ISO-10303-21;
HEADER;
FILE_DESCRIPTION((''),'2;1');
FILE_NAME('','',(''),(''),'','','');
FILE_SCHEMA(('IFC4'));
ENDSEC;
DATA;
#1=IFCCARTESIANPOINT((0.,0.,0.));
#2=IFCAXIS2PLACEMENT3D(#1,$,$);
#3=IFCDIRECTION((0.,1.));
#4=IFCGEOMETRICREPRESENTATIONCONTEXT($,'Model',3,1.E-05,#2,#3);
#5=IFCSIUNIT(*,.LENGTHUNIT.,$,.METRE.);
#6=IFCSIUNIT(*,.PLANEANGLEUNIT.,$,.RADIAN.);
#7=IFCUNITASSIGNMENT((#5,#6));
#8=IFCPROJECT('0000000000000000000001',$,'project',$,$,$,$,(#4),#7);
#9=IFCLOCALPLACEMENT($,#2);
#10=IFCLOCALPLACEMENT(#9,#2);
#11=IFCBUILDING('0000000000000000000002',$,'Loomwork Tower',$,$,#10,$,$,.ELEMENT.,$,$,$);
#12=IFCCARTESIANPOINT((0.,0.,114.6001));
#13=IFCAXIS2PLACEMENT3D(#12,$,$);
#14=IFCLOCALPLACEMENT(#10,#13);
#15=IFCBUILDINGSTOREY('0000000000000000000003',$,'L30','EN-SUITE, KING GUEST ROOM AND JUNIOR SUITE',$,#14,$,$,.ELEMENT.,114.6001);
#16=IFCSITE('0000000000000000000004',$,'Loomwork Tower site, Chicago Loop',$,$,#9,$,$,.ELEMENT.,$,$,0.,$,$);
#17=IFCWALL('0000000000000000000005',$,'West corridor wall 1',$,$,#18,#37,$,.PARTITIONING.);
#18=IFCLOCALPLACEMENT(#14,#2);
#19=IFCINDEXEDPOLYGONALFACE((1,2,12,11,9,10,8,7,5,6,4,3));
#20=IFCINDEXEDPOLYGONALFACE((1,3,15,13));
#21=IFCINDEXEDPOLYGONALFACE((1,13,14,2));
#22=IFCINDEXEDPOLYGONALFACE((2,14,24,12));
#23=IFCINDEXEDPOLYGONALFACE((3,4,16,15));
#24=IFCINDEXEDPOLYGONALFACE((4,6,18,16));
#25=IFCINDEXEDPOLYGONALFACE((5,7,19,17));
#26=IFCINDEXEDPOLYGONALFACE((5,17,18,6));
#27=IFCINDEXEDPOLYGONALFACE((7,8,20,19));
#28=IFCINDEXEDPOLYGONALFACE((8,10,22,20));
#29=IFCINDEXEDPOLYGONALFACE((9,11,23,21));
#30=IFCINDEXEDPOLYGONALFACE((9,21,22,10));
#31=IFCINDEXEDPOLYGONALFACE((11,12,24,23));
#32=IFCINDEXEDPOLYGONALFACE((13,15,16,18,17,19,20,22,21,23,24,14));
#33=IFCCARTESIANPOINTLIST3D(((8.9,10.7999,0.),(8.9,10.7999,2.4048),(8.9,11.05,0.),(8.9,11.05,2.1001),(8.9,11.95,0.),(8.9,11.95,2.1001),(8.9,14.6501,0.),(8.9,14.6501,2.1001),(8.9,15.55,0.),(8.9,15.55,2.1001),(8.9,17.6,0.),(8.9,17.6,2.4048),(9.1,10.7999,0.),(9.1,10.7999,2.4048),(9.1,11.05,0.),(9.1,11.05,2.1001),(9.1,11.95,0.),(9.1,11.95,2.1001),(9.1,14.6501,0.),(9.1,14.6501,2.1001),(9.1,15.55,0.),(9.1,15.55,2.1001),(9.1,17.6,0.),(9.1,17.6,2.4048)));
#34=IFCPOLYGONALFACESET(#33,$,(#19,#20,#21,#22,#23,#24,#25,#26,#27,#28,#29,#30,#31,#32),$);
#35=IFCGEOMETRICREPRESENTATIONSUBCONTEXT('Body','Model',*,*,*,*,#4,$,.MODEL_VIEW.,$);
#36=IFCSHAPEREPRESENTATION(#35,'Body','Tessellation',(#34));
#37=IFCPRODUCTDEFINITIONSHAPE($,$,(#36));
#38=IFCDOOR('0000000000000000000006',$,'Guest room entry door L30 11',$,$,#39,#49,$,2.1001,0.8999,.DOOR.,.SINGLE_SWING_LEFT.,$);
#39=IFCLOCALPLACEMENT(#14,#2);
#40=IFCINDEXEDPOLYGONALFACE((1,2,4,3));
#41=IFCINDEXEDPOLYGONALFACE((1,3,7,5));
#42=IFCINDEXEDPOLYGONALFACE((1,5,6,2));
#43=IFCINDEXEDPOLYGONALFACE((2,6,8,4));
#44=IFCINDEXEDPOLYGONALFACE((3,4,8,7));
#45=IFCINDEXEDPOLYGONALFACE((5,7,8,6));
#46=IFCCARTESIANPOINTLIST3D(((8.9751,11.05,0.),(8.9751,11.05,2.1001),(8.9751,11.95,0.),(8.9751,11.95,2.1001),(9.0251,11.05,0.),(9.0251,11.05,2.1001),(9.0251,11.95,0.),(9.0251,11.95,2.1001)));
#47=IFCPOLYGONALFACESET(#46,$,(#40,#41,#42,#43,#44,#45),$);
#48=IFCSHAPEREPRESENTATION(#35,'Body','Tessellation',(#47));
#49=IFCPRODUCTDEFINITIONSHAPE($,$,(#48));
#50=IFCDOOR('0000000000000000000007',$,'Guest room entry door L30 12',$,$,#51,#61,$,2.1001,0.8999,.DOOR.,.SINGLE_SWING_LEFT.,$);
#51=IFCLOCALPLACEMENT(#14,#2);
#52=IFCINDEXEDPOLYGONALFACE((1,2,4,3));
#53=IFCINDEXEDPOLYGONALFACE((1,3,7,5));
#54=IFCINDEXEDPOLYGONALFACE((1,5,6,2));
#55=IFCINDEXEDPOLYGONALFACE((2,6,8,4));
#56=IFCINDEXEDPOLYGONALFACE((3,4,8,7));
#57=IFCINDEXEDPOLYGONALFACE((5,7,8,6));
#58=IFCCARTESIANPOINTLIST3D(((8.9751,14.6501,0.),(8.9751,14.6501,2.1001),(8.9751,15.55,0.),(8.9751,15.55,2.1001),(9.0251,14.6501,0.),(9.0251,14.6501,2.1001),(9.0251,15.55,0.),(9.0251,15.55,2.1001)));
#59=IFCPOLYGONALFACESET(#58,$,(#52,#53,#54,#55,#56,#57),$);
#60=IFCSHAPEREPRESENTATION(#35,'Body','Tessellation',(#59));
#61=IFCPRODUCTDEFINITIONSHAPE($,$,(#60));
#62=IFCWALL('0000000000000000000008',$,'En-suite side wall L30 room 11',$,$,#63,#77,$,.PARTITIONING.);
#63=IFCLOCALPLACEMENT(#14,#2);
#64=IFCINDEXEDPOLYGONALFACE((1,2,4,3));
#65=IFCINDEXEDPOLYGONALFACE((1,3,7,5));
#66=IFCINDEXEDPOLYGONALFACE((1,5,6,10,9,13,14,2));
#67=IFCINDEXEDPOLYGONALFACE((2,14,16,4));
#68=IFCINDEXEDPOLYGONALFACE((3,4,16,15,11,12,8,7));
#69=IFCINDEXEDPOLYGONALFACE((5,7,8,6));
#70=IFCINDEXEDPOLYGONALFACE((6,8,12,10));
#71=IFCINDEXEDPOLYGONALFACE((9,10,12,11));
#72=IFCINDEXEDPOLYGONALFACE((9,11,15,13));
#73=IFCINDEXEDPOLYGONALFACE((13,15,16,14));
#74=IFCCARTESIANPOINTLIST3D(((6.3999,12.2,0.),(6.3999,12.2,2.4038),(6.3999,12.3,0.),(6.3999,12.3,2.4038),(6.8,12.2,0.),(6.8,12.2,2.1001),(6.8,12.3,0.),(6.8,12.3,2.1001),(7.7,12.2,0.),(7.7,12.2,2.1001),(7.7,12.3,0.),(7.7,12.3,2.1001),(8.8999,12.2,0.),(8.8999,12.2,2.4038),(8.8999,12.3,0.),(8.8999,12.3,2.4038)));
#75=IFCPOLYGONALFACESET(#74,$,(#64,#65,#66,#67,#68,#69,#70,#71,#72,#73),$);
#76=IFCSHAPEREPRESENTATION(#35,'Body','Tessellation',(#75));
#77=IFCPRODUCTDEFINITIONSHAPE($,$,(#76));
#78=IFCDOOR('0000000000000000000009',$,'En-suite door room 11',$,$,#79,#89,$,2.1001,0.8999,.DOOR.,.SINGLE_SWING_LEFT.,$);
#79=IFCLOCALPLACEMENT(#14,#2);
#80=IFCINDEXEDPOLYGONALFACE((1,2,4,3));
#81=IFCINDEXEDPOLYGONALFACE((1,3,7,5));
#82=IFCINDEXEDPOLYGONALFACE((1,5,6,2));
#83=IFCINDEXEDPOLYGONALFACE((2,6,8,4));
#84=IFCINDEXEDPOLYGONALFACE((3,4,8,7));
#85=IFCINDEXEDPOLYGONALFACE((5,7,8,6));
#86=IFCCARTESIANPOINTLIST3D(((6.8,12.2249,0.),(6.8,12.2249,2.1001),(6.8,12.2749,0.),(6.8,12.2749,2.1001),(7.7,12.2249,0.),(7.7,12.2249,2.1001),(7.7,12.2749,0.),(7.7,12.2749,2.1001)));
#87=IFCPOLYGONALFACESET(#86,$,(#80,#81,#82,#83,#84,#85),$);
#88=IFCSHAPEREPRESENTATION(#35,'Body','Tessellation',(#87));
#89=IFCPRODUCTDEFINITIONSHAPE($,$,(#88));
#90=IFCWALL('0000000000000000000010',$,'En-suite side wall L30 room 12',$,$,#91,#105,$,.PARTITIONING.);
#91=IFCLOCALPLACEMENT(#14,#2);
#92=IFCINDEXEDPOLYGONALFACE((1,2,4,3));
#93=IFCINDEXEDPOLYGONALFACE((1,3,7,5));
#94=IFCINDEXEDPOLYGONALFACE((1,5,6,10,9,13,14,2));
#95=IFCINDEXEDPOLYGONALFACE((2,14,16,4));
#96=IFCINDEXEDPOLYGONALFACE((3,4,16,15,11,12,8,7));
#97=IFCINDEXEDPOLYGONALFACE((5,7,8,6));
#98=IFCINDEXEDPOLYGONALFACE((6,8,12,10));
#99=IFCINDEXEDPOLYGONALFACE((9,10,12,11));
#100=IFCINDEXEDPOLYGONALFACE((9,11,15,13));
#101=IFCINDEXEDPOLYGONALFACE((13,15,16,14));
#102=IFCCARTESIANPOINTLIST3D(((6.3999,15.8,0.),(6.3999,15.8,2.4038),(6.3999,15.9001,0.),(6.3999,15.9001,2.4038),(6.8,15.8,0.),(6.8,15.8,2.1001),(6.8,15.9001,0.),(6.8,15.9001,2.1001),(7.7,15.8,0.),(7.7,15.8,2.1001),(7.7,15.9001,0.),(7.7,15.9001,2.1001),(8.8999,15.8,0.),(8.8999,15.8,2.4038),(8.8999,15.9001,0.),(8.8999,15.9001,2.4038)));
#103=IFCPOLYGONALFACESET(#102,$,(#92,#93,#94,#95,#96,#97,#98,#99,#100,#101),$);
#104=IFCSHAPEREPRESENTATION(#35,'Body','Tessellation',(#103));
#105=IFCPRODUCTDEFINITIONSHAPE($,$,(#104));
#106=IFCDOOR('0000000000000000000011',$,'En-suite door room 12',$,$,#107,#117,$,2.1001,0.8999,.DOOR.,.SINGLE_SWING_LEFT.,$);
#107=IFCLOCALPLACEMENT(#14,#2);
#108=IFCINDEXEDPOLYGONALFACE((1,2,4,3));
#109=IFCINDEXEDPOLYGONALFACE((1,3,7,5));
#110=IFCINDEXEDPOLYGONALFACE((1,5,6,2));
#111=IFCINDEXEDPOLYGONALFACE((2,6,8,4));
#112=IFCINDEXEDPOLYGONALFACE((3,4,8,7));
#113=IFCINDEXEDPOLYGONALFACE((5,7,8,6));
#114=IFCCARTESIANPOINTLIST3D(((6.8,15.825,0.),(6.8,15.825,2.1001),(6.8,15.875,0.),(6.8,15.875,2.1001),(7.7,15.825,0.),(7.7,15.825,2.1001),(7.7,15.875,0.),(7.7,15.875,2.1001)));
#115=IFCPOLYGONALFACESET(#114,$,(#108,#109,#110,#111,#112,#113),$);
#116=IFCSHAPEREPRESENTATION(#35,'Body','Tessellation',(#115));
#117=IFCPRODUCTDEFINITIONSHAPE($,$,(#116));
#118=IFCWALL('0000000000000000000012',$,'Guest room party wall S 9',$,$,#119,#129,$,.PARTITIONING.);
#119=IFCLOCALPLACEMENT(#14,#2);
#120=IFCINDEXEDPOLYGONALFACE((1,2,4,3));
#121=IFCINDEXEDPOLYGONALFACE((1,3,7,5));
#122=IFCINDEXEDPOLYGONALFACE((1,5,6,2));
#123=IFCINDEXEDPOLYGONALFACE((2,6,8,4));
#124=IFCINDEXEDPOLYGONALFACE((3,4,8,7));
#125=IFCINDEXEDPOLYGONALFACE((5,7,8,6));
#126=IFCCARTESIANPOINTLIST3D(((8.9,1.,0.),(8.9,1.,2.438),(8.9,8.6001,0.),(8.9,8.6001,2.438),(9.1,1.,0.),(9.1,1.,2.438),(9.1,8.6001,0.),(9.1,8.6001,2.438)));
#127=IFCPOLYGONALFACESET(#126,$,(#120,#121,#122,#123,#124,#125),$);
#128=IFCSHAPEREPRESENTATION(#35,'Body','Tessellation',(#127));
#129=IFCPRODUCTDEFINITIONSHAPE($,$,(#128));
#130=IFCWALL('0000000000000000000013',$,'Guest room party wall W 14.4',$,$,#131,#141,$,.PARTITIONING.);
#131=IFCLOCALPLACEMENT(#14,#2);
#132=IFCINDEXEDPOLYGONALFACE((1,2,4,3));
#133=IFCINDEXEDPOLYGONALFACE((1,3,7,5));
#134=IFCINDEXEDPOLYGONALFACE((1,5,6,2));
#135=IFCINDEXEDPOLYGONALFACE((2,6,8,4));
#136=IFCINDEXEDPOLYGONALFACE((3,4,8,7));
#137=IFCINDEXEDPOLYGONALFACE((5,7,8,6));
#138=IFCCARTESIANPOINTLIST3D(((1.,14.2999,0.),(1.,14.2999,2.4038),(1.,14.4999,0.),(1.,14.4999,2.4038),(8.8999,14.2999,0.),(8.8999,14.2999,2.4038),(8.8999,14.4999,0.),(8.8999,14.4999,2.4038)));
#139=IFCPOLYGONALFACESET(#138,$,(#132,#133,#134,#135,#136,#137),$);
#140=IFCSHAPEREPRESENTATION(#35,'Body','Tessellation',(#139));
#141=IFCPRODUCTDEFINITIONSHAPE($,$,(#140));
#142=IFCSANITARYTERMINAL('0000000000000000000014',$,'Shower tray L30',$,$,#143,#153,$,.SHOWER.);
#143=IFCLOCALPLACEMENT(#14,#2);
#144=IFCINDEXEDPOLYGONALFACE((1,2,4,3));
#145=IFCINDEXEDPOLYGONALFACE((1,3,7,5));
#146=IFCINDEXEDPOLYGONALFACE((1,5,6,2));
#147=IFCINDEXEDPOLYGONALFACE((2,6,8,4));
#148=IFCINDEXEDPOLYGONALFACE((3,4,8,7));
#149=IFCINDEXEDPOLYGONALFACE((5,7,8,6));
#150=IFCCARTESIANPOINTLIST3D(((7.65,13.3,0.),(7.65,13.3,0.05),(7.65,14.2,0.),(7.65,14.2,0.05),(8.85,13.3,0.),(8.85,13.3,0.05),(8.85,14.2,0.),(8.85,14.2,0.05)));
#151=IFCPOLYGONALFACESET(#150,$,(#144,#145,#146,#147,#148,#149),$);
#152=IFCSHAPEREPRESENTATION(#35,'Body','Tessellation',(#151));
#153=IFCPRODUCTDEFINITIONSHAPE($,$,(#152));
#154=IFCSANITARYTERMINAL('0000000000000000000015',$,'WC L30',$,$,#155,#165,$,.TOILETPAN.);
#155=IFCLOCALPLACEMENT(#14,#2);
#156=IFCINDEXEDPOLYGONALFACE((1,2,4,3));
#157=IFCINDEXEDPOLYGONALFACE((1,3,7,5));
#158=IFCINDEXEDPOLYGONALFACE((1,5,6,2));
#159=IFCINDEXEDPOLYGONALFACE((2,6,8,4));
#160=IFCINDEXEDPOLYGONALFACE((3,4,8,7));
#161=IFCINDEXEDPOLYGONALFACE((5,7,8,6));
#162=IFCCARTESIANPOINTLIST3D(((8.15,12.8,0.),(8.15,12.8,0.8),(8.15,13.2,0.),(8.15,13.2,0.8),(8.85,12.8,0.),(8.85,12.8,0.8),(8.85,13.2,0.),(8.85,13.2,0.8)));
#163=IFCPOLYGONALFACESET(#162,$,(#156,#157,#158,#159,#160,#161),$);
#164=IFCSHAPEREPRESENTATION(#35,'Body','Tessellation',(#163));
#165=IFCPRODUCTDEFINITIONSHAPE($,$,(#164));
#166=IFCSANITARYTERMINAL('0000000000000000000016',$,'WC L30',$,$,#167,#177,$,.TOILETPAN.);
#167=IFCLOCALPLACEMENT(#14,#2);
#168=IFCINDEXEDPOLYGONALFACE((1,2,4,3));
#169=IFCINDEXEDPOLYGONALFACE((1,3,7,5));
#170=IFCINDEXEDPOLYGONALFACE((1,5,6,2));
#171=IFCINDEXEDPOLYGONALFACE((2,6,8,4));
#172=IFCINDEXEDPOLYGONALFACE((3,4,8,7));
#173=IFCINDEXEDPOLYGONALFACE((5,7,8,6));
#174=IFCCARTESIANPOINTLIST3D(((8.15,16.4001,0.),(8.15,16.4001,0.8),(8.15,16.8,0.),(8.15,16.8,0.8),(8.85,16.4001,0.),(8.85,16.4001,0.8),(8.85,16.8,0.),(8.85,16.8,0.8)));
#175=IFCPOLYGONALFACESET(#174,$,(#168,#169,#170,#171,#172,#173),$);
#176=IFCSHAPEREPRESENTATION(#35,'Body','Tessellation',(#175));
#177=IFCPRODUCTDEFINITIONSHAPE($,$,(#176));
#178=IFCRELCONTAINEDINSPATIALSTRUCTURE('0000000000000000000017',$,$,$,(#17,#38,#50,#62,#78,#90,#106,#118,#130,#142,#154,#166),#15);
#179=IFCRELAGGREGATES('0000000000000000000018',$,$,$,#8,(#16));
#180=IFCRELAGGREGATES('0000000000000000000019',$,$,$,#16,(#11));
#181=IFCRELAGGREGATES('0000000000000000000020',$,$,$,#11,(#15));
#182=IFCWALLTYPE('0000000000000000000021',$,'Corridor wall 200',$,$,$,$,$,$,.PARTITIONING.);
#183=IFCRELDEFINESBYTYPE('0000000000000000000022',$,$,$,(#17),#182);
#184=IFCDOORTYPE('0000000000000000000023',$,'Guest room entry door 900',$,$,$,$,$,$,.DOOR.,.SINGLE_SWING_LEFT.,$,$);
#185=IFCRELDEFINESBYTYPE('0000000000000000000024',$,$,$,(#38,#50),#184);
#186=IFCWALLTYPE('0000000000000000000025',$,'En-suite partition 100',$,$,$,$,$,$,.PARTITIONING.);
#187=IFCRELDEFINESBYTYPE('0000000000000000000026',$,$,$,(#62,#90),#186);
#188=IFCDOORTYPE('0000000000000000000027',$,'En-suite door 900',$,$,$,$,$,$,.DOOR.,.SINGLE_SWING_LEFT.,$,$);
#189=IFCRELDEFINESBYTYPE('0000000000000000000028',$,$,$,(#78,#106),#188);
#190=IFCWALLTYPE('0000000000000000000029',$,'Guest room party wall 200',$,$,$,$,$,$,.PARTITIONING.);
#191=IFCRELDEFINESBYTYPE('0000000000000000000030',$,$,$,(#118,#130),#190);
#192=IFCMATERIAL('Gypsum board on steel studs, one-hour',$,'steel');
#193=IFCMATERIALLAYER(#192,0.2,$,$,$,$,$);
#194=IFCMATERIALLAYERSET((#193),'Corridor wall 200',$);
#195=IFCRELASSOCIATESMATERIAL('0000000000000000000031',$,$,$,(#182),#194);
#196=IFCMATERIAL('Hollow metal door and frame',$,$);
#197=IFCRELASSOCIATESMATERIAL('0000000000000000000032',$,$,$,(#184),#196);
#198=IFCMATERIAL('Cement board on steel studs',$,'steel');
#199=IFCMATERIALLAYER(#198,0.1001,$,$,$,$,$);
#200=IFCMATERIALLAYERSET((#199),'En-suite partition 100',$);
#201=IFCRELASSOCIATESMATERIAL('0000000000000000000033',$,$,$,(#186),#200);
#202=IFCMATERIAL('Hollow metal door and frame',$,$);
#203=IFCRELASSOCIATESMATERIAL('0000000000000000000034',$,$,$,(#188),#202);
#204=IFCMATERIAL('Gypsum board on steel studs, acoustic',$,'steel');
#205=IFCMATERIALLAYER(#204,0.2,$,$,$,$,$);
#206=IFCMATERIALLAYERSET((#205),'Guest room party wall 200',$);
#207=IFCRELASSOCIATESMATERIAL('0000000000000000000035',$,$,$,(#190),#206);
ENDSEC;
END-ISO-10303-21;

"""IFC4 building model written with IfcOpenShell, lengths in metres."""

from ifc_helpers import new_model, si_unit, direction, frame, frame_2d, origin, origin_2d, place, context, subcontext, project, spatial, rectangle, extrude, material, layer, layer_set, type_object, element, fill, save


model = new_model("IFC4")

# Units and contexts
model_context = context("Model", 3, precision=1e-05, world=origin(), true_north=direction((0.0, 1.0)))
body_context = subcontext(model_context, "Body", "Model", "MODEL_VIEW")
ifc_project = project(units=[si_unit("LENGTHUNIT", "METRE"), si_unit("PLANEANGLEUNIT", "RADIAN")], contexts=[model_context])

# Site, building, storey
site_placement = place(None, origin())
site = spatial("IfcSite", under=ifc_project, at=site_placement, Name="Loomwork Tower site, Chicago Loop", CompositionType="ELEMENT", RefElevation=0.0)
building_placement = place(site_placement, origin())
building = spatial("IfcBuilding", under=site, at=building_placement, Name="Loomwork Tower", CompositionType="ELEMENT")
storey_placement = place(building_placement, frame((0.0, 0.0, 114.6001)))
storey = spatial("IfcBuildingStorey", under=building, at=storey_placement, Name="L30", Description="EN-SUITE, KING GUEST ROOM AND JUNIOR SUITE", CompositionType="ELEMENT", Elevation=114.6001)

# Shared definitions
ifc_material_1 = material(Name="Gypsum board on steel studs, one-hour", Category="steel")
ifc_layer_1 = layer(ifc_material_1, 0.2)
ifc_layer_set_1 = layer_set([ifc_layer_1], Name="Corridor wall 200")
wall_type_1 = type_object("IfcWallType", Name="Corridor wall 200", PredefinedType="PARTITIONING", material=ifc_layer_set_1)
ifc_material_2 = material(Name="Hollow metal door and frame")
door_type_1 = type_object("IfcDoorType", Name="Guest room entry door 900", OperationType="SINGLE_SWING_LEFT", PredefinedType="DOOR", material=ifc_material_2)

# Wall, openings, doors
wall_1_placement = place(storey_placement, frame((9.0, 10.8, 0.0), z_axis=(0.0, 0.0, 1.0), x_axis=(0.0, 1.0, 0.0)))
wall_1 = element("IfcWall", 1, at=wall_1_placement, inside=storey, type_object=wall_type_1, Name="West corridor wall 1", PredefinedType="PARTITIONING", context=body_context, shape_type="SweptSolid", body=[
    extrude(rectangle(XDim=6.8, YDim=0.2, at=frame_2d((3.3999, 0.0))), origin(), (0.0, 0.0, 1.0), 2.4048),
])
opening_1_placement = place(wall_1_placement, frame((0.25, 0.0, 0.0)))
opening_1 = element("IfcOpeningElement", 2, at=opening_1_placement, cuts=wall_1, PredefinedType="OPENING", context=body_context, shape_type="SweptSolid", body=[
    extrude(rectangle(XDim=0.8999, YDim=2.1001, at=frame_2d((0.45, 1.05))), frame((0.0, 0.1099, 0.0), z_axis=(0.0, -1.0, 0.0), x_axis=(1.0, 0.0, 0.0)), (0.0, 0.0, 1.0), 0.22),
])
opening_2_placement = place(wall_1_placement, frame((3.8501, 0.0, 0.0)))
opening_2 = element("IfcOpeningElement", 3, at=opening_2_placement, cuts=wall_1, PredefinedType="OPENING", context=body_context, shape_type="SweptSolid", body=[
    extrude(rectangle(XDim=0.8999, YDim=2.1001, at=frame_2d((0.45, 1.05))), frame((0.0, 0.1099, 0.0), z_axis=(0.0, -1.0, 0.0), x_axis=(1.0, 0.0, 0.0)), (0.0, 0.0, 1.0), 0.22),
])
door_1_placement = place(opening_1_placement, origin())
door_1 = element("IfcDoor", 4, at=door_1_placement, inside=storey, type_object=door_type_1, Name="Guest room entry door L30 11", OperationType="SINGLE_SWING_LEFT", OverallHeight=2.1001, OverallWidth=0.8999, PredefinedType="DOOR", context=body_context, shape_type="SweptSolid", body=[
    extrude(rectangle(XDim=0.8999, YDim=2.1001, at=frame_2d((0.45, 1.05))), frame((0.0, 0.0249, 0.0), z_axis=(0.0, -1.0, 0.0), x_axis=(1.0, 0.0, 0.0)), (0.0, 0.0, 1.0), 0.05),
])
fill(opening_1, door_1)
door_2_placement = place(opening_2_placement, origin())
door_2 = element("IfcDoor", 5, at=door_2_placement, inside=storey, type_object=door_type_1, Name="Guest room entry door L30 12", OperationType="SINGLE_SWING_LEFT", OverallHeight=2.1001, OverallWidth=0.8999, PredefinedType="DOOR", context=body_context, shape_type="SweptSolid", body=[
    extrude(rectangle(XDim=0.8999, YDim=2.1001, at=frame_2d((0.45, 1.05))), frame((0.0, 0.0249, 0.0), z_axis=(0.0, -1.0, 0.0), x_axis=(1.0, 0.0, 0.0)), (0.0, 0.0, 1.0), 0.05),
])
fill(opening_2, door_2)

# Walls, openings, doors
ifc_material_3 = material(Name="Cement board on steel studs", Category="steel")
ifc_layer_2 = layer(ifc_material_3, 0.1001)
ifc_layer_set_2 = layer_set([ifc_layer_2], Name="En-suite partition 100")
wall_type_2 = type_object("IfcWallType", Name="En-suite partition 100", PredefinedType="PARTITIONING", material=ifc_layer_set_2)
wall_2_placement = place(storey_placement, frame((8.8999, 12.25, 0.0), z_axis=(0.0, 0.0, 1.0), x_axis=(-1.0, 0.0, 0.0)))
wall_2 = element("IfcWall", 6, at=wall_2_placement, inside=storey, type_object=wall_type_2, Name="En-suite side wall L30 room 11", PredefinedType="PARTITIONING", context=body_context, shape_type="SweptSolid", body=[
    extrude(rectangle(XDim=2.5, YDim=0.1001, at=frame_2d((1.25, 0.0))), origin(), (0.0, 0.0, 1.0), 2.4038),
])
opening_3_placement = place(wall_2_placement, frame((1.2, 0.0, 0.0)))
opening_3 = element("IfcOpeningElement", 7, at=opening_3_placement, cuts=wall_2, PredefinedType="OPENING", context=body_context, shape_type="SweptSolid", body=[
    extrude(rectangle(XDim=0.8999, YDim=2.1001, at=frame_2d((0.45, 1.05))), frame((0.0, 0.0601, 0.0), z_axis=(0.0, -1.0, 0.0), x_axis=(1.0, 0.0, 0.0)), (0.0, 0.0, 1.0), 0.1201),
])
ifc_material_4 = material(Name="Hollow metal door and frame")
door_type_2 = type_object("IfcDoorType", Name="En-suite door 900", OperationType="SINGLE_SWING_LEFT", PredefinedType="DOOR", material=ifc_material_4)
door_3_placement = place(opening_3_placement, frame((0.8999, 0.0, 0.0), z_axis=(0.0, 0.0, 1.0), x_axis=(-1.0, 0.0, 0.0)))
door_3 = element("IfcDoor", 8, at=door_3_placement, inside=storey, type_object=door_type_2, Name="En-suite door room 11", OperationType="SINGLE_SWING_LEFT", OverallHeight=2.1001, OverallWidth=0.8999, PredefinedType="DOOR", context=body_context, shape_type="SweptSolid", body=[
    extrude(rectangle(XDim=0.8999, YDim=2.1001, at=frame_2d((0.45, 1.05))), frame((0.0, 0.0249, 0.0), z_axis=(0.0, -1.0, 0.0), x_axis=(1.0, 0.0, 0.0)), (0.0, 0.0, 1.0), 0.05),
])
fill(opening_3, door_3)
wall_3_placement = place(storey_placement, frame((8.8999, 15.8501, 0.0), z_axis=(0.0, 0.0, 1.0), x_axis=(-1.0, 0.0, 0.0)))
wall_3 = element("IfcWall", 9, at=wall_3_placement, inside=storey, type_object=wall_type_2, Name="En-suite side wall L30 room 12", PredefinedType="PARTITIONING", context=body_context, shape_type="SweptSolid", body=[
    extrude(rectangle(XDim=2.5, YDim=0.1001, at=frame_2d((1.25, 0.0))), origin(), (0.0, 0.0, 1.0), 2.4038),
])
opening_4_placement = place(wall_3_placement, frame((1.2, 0.0, 0.0)))
opening_4 = element("IfcOpeningElement", 10, at=opening_4_placement, cuts=wall_3, PredefinedType="OPENING", context=body_context, shape_type="SweptSolid", body=[
    extrude(rectangle(XDim=0.8999, YDim=2.1001, at=frame_2d((0.45, 1.05))), frame((0.0, 0.0601, 0.0), z_axis=(0.0, -1.0, 0.0), x_axis=(1.0, 0.0, 0.0)), (0.0, 0.0, 1.0), 0.1201),
])
door_4_placement = place(opening_4_placement, frame((0.8999, 0.0, 0.0), z_axis=(0.0, 0.0, 1.0), x_axis=(-1.0, 0.0, 0.0)))
door_4 = element("IfcDoor", 11, at=door_4_placement, inside=storey, type_object=door_type_2, Name="En-suite door room 12", OperationType="SINGLE_SWING_LEFT", OverallHeight=2.1001, OverallWidth=0.8999, PredefinedType="DOOR", context=body_context, shape_type="SweptSolid", body=[
    extrude(rectangle(XDim=0.8999, YDim=2.1001, at=frame_2d((0.45, 1.05))), frame((0.0, 0.0249, 0.0), z_axis=(0.0, -1.0, 0.0), x_axis=(1.0, 0.0, 0.0)), (0.0, 0.0, 1.0), 0.05),
])
fill(opening_4, door_4)

# Walls
ifc_material_5 = material(Name="Gypsum board on steel studs, acoustic", Category="steel")
ifc_layer_3 = layer(ifc_material_5, 0.2)
ifc_layer_set_3 = layer_set([ifc_layer_3], Name="Guest room party wall 200")
wall_type_3 = type_object("IfcWallType", Name="Guest room party wall 200", PredefinedType="PARTITIONING", material=ifc_layer_set_3)
wall_4_placement = place(storey_placement, frame((9.0, 8.6001, 0.0), z_axis=(0.0, 0.0, 1.0), x_axis=(0.0, -1.0, 0.0)))
element("IfcWall", 12, at=wall_4_placement, inside=storey, type_object=wall_type_3, Name="Guest room party wall S 9", PredefinedType="PARTITIONING", context=body_context, shape_type="SweptSolid", body=[
    extrude(rectangle(XDim=7.6001, YDim=0.2, at=frame_2d((3.8, 0.0))), origin(), (0.0, 0.0, 1.0), 2.438),
])
wall_5_placement = place(storey_placement, frame((8.8999, 14.3999, 0.0), z_axis=(0.0, 0.0, 1.0), x_axis=(-1.0, 0.0, 0.0)))
element("IfcWall", 13, at=wall_5_placement, inside=storey, type_object=wall_type_3, Name="Guest room party wall W 14.4", PredefinedType="PARTITIONING", context=body_context, shape_type="SweptSolid", body=[
    extrude(rectangle(XDim=7.8999, YDim=0.2, at=frame_2d((3.95, 0.0))), origin(), (0.0, 0.0, 1.0), 2.4038),
])

# Sanitary terminals
sanitary_terminal_placement = place(storey_placement, frame((8.25, 13.75, 0.0), z_axis=(0.0, 0.0, 1.0), x_axis=(1.0, 0.0, 0.0)))
element("IfcSanitaryTerminal", 14, at=sanitary_terminal_placement, inside=storey, Name="Shower tray L30", PredefinedType="SHOWER", context=body_context, shape_type="SweptSolid", body=[
    extrude(rectangle(XDim=1.2, YDim=0.8999, at=origin_2d()), origin(), (0.0, 0.0, 1.0), 0.05),
])
for number, where, z_axis, x_axis, name in (
    (15, (8.5, 13.0, 0.0), (0.0, 0.0, 1.0), (1.0, 0.0, 0.0), "WC L30"),
    (16, (8.5, 16.6001, 0.0), (0.0, 0.0, 1.0), (1.0, 0.0, 0.0), "WC L30"),
):
    element("IfcSanitaryTerminal", number, at=place(storey_placement, frame(where, z_axis=z_axis, x_axis=x_axis)), inside=storey, Name=name, PredefinedType="TOILETPAN", context=body_context, shape_type="SweptSolid", body=[
        extrude(rectangle(XDim=0.7, YDim=0.3999, at=origin_2d()), origin(), (0.0, 0.0, 1.0), 0.8),
    ])

save(model, "model.ifc")
